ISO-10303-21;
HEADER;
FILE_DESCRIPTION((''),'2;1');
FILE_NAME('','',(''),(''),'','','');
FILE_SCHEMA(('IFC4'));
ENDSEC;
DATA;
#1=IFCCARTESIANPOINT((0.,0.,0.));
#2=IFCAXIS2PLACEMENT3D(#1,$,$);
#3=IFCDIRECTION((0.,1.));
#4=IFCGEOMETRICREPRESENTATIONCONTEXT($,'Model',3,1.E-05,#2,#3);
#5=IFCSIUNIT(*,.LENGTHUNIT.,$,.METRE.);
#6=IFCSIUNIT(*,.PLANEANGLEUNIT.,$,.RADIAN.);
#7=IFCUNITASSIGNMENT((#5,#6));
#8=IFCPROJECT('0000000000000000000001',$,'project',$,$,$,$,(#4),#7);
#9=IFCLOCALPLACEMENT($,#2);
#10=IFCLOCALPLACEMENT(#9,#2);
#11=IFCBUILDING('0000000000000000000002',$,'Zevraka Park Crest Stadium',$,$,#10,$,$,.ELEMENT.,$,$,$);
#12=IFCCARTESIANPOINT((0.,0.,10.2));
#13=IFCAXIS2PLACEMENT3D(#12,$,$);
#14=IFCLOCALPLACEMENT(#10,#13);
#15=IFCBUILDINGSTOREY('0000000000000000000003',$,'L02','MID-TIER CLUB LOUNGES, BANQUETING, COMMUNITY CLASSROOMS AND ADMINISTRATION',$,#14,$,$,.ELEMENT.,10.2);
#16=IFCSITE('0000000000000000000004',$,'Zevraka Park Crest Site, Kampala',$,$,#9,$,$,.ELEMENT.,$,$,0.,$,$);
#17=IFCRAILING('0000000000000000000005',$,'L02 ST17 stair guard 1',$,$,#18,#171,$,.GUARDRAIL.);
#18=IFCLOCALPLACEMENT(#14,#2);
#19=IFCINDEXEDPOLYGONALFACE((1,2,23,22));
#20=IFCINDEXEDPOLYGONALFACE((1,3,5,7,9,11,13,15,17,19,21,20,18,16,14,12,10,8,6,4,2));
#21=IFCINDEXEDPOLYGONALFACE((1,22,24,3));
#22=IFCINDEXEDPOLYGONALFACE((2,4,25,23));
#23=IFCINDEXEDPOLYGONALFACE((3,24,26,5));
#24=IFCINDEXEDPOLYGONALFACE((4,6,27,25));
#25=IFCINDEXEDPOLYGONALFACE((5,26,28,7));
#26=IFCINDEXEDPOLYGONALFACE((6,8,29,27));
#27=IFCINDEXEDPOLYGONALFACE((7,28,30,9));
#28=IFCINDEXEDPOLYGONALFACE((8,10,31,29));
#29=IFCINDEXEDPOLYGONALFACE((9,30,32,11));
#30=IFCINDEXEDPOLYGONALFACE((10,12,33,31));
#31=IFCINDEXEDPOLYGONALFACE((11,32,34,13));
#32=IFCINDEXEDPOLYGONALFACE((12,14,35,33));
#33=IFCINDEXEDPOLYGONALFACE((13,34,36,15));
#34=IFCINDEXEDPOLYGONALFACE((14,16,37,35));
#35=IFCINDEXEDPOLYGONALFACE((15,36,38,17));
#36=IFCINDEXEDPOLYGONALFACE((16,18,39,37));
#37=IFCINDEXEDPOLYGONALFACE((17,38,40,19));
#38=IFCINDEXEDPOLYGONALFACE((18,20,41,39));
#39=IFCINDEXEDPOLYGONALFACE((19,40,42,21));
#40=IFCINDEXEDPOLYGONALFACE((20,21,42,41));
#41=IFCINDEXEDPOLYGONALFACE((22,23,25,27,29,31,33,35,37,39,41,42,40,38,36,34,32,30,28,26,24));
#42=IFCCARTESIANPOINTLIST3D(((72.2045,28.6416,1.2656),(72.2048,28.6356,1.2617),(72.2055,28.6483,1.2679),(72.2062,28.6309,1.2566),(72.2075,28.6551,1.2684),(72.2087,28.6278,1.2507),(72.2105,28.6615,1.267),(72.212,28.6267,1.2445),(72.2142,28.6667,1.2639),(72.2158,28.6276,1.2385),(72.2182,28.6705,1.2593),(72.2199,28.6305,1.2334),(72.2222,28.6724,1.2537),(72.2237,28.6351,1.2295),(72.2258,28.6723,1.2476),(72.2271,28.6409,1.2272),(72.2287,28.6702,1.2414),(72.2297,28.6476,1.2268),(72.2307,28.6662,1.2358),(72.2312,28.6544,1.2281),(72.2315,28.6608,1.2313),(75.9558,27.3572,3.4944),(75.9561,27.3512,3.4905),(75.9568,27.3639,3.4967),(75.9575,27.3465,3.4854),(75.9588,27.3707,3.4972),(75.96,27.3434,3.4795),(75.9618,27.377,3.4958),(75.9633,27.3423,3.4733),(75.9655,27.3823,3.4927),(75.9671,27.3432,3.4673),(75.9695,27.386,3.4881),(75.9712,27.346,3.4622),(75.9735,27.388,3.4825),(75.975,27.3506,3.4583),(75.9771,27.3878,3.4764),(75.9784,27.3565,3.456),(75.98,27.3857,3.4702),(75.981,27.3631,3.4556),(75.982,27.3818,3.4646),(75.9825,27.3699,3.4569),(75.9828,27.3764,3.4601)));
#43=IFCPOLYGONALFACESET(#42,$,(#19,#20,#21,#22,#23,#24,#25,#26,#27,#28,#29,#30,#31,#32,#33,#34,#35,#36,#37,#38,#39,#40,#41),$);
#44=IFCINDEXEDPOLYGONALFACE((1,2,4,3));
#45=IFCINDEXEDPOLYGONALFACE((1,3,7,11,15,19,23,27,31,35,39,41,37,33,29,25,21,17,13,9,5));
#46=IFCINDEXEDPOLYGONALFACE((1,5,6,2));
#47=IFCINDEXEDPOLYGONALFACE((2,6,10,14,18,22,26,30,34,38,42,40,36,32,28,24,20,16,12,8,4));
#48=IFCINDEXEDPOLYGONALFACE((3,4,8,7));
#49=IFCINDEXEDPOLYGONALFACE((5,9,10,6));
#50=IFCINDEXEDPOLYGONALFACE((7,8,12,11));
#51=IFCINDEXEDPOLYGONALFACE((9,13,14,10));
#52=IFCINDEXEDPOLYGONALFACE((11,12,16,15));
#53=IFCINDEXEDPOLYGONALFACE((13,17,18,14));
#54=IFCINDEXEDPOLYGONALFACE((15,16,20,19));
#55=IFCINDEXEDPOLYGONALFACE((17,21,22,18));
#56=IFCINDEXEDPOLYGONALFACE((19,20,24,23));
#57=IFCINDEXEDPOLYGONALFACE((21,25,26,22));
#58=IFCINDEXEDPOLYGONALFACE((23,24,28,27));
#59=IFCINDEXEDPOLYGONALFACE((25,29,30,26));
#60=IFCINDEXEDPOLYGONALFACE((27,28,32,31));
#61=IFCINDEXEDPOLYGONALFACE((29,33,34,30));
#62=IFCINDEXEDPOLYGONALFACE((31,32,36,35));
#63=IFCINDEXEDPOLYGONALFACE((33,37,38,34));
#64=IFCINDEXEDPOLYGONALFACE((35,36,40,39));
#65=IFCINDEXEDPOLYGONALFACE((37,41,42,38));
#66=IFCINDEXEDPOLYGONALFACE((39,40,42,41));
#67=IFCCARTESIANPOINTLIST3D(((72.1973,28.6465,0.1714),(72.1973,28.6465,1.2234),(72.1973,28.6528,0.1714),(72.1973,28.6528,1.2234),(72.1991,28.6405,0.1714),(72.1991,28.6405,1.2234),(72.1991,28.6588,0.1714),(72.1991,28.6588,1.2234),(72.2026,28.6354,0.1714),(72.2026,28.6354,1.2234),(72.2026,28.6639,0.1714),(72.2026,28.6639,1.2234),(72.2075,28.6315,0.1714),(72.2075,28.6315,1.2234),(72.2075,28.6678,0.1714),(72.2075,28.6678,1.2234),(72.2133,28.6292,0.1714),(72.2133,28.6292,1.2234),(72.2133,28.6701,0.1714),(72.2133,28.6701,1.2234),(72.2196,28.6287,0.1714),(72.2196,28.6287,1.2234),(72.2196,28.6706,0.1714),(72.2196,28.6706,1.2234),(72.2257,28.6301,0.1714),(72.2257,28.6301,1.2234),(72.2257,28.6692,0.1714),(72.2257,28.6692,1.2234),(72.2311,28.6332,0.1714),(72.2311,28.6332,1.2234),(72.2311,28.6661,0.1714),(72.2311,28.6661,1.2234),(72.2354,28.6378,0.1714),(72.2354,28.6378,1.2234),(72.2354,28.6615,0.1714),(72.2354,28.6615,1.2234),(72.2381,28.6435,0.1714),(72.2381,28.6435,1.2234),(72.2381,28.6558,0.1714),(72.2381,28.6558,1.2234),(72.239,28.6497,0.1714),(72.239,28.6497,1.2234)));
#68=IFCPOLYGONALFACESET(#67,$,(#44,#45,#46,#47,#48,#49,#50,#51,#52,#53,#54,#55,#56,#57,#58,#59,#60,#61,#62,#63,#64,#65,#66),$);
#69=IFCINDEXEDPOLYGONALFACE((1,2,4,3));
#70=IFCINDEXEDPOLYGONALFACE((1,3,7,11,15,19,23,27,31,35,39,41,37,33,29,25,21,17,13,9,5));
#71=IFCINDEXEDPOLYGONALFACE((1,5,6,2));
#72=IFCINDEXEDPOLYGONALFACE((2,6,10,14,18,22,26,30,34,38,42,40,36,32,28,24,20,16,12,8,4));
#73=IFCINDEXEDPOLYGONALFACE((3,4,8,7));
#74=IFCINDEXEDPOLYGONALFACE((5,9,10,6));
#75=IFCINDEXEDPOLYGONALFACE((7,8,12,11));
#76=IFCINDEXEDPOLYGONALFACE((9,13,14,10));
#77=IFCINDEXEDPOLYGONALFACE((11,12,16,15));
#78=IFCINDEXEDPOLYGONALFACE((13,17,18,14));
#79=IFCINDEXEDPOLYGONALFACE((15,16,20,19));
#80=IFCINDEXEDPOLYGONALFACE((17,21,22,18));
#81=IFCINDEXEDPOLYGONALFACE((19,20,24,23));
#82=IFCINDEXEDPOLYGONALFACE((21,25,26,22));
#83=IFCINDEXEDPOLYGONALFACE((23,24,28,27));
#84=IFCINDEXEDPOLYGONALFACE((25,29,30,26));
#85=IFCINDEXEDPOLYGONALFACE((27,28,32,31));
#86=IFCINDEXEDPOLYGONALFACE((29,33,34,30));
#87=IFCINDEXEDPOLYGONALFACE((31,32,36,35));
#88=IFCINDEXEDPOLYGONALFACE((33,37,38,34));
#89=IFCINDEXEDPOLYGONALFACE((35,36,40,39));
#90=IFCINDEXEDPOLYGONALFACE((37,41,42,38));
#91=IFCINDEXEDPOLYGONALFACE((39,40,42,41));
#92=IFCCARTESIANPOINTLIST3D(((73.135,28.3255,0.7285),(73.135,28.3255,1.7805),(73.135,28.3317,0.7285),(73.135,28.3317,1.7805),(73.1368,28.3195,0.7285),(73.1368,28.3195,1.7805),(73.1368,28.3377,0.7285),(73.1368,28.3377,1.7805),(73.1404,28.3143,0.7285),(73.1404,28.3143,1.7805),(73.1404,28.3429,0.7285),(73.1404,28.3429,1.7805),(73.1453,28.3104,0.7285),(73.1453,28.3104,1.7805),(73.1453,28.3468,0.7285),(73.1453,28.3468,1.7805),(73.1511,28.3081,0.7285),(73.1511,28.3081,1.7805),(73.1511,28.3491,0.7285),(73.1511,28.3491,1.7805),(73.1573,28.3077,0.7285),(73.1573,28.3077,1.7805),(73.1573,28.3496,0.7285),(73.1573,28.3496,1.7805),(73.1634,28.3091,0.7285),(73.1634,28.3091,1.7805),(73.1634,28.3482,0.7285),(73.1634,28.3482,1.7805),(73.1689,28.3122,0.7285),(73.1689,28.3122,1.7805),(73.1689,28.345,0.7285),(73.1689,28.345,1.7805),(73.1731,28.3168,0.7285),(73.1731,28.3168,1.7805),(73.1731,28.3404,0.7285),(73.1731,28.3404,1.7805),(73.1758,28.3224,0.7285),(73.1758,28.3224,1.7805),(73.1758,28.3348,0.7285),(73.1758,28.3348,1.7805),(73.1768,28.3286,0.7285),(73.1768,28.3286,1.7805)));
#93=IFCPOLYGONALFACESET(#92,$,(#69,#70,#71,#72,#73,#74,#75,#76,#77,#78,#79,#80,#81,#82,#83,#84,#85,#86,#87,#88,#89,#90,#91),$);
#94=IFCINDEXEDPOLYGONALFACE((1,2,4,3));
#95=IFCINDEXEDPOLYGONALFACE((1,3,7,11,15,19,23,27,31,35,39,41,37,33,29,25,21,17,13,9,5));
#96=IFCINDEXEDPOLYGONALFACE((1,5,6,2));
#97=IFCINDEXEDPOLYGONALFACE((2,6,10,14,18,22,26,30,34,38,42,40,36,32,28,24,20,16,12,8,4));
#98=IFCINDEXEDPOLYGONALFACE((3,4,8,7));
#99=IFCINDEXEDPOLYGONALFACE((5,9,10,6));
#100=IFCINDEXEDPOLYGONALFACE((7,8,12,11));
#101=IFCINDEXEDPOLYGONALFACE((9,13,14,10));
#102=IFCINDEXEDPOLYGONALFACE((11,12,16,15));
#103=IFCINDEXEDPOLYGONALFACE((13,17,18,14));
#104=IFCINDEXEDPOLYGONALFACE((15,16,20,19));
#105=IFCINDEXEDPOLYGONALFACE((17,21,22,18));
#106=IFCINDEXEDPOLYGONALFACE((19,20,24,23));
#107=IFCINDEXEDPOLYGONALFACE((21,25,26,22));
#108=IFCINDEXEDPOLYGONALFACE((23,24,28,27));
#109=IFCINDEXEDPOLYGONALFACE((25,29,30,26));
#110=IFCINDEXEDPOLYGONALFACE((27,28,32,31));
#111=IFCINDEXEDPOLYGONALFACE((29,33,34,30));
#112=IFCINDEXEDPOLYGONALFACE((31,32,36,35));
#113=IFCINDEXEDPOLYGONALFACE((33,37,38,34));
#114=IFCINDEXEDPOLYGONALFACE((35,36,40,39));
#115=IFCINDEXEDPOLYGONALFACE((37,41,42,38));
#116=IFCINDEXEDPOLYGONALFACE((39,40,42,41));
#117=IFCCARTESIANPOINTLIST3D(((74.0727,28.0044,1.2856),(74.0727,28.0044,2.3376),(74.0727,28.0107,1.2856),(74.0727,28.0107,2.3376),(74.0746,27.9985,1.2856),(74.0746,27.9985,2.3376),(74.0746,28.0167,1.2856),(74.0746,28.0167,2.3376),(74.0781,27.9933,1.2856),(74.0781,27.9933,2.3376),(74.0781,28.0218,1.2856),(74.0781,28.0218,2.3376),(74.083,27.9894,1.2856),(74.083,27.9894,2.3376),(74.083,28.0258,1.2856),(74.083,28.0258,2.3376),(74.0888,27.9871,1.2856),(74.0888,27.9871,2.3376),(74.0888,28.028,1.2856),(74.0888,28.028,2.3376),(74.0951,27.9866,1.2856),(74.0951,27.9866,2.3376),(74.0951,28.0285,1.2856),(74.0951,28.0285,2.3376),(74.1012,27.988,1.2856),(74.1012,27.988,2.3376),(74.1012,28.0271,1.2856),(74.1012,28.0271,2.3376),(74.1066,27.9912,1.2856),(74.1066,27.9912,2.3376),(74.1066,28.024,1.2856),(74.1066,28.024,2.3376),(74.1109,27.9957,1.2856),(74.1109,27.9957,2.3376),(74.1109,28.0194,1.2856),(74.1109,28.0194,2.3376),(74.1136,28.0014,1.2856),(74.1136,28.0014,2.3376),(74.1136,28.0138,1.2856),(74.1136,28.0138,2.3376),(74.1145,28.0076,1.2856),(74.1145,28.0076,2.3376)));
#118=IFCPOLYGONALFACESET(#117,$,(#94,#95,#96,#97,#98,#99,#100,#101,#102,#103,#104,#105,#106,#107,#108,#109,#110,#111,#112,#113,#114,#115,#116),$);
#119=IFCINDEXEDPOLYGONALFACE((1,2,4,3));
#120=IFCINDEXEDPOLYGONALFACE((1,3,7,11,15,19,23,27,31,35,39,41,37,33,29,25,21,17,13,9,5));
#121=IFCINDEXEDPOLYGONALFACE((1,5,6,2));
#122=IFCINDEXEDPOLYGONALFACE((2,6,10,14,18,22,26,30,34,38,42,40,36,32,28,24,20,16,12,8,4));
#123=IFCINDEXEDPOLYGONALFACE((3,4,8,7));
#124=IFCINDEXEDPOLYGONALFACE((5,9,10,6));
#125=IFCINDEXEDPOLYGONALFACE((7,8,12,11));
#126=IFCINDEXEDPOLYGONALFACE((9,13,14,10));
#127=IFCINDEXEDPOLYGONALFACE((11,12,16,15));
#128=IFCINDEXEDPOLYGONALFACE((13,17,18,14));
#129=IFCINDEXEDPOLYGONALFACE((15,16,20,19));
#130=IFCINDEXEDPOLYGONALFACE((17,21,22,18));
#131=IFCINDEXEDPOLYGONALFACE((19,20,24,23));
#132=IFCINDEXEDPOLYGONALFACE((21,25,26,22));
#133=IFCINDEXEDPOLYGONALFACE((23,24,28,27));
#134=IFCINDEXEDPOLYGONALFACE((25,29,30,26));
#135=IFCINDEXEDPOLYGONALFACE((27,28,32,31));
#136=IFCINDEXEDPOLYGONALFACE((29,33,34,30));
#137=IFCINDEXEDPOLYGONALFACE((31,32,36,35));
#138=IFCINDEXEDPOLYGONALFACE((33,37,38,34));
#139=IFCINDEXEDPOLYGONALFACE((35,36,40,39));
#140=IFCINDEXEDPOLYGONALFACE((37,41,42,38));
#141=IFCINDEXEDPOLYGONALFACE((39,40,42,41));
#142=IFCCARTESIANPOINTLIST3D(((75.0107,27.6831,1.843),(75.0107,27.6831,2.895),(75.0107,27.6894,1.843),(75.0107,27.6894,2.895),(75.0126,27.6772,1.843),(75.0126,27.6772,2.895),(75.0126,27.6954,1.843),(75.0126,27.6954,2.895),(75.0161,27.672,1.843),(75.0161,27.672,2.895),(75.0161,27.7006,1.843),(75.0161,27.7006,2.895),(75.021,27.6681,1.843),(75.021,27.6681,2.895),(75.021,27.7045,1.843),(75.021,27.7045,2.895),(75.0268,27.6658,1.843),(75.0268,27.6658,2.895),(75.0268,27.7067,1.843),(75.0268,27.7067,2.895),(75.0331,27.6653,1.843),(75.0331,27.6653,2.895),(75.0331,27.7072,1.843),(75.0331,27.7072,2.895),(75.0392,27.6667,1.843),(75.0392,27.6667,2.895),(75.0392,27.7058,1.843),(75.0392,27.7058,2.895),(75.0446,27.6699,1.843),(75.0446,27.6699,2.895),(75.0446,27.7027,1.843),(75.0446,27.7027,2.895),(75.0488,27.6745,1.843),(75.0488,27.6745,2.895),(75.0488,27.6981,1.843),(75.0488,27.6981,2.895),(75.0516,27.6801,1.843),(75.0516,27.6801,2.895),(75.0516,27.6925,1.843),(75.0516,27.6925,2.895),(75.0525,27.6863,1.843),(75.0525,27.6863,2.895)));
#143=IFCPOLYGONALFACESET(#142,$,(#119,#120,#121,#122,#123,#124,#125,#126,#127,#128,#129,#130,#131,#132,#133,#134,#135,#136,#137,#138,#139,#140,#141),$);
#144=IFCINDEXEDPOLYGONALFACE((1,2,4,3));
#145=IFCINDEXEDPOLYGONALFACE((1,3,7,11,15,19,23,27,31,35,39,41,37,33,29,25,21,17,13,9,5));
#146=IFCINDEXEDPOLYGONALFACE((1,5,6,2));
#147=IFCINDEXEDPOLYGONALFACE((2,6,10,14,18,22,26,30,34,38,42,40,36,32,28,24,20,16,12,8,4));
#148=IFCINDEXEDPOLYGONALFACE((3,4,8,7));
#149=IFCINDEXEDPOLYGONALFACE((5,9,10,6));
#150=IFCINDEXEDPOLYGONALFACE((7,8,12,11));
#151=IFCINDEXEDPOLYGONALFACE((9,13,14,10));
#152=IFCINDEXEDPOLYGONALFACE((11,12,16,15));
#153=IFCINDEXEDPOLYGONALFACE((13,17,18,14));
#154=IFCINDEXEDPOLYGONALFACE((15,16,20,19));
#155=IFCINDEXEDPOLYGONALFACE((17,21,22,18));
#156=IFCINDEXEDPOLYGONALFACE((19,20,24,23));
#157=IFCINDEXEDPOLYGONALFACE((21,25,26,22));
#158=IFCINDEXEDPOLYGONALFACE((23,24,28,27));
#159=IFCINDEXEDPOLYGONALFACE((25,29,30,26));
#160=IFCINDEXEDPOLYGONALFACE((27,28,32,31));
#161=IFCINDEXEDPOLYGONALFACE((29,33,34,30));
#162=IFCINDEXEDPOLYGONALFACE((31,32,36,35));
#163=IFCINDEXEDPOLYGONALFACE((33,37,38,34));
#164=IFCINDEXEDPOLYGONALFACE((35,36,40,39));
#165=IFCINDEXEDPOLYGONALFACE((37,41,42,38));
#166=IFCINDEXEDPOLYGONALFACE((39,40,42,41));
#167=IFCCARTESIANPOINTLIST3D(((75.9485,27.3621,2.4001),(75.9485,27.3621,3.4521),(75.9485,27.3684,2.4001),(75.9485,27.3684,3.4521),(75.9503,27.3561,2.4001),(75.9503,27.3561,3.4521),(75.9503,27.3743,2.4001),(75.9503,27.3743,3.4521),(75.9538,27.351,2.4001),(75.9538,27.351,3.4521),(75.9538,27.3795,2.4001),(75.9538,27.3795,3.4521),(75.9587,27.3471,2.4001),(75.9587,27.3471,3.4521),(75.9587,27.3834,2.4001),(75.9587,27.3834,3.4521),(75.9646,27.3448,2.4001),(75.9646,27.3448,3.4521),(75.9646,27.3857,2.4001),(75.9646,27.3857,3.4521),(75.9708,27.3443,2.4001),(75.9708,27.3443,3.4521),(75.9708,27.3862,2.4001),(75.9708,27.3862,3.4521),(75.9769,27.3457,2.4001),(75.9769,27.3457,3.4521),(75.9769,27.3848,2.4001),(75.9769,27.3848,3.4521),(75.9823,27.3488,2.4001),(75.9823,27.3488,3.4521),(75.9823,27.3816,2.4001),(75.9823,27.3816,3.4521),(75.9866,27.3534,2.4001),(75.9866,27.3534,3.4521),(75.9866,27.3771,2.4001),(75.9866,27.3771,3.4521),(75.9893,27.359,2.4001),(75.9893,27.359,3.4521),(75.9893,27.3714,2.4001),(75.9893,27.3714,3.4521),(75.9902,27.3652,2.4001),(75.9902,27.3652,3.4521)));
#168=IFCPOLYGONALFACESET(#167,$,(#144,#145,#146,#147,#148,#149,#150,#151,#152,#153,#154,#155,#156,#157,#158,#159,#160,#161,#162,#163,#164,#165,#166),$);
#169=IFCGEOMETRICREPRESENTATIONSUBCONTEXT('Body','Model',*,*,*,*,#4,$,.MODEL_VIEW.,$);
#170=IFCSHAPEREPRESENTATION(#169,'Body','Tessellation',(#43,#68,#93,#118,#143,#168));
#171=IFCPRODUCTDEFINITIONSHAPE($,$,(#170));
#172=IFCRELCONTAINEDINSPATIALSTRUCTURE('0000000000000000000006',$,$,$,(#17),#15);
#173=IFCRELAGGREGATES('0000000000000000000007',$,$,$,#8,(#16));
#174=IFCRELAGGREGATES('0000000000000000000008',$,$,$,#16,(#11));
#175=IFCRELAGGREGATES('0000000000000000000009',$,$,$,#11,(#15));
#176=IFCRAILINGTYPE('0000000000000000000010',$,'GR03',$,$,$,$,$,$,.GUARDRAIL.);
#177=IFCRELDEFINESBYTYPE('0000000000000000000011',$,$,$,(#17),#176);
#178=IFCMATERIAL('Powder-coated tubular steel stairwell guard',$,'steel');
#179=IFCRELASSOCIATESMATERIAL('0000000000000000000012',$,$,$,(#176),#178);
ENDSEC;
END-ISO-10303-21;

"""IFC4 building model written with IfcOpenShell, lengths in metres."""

from ifc_helpers import new_model, si_unit, direction, frame, origin, origin_2d, place, context, subcontext, project, spatial, circle, extrude, material, type_object, element, save


model = new_model("IFC4")

# Units and contexts
model_context = context("Model", 3, precision=1e-05, world=origin(), true_north=direction((0.0, 1.0)))
body_context = subcontext(model_context, "Body", "Model", "MODEL_VIEW")
ifc_project = project(units=[si_unit("LENGTHUNIT", "METRE"), si_unit("PLANEANGLEUNIT", "RADIAN")], contexts=[model_context])

# Site, building, storey
site_placement = place(None, origin())
site = spatial("IfcSite", under=ifc_project, at=site_placement, Name="Zevraka Park Crest Site, Kampala", CompositionType="ELEMENT", RefElevation=0.0)
building_placement = place(site_placement, origin())
building = spatial("IfcBuilding", under=site, at=building_placement, Name="Zevraka Park Crest Stadium", CompositionType="ELEMENT")
storey_placement = place(building_placement, frame((0.0, 0.0, 10.2)))
storey = spatial("IfcBuildingStorey", under=building, at=storey_placement, Name="L02", Description="MID-TIER CLUB LOUNGES, BANQUETING, COMMUNITY CLASSROOMS AND ADMINISTRATION", CompositionType="ELEMENT", Elevation=10.2)

# Railing
ifc_material_1 = material(Name="Powder-coated tubular steel stairwell guard", Category="steel")
railing_type_1 = type_object("IfcRailingType", Name="GR03", PredefinedType="GUARDRAIL", material=ifc_material_1)
railing_1_placement = place(storey_placement, frame((72.218, 28.6497, 0.1714)))
element("IfcRailing", 1, at=railing_1_placement, inside=storey, type_object=railing_type_1, Name="L02 ST17 stair guard 1", PredefinedType="GUARDRAIL", context=body_context, shape_type="SweptSolid", body=[
    extrude(circle(Radius=0.0239, at=origin_2d()), frame((0.0, 0.0, 1.0762), z_axis=(0.824718, -0.282385, 0.49), x_axis=(0.323939, 0.946078, 0.0)), (0.0, 0.0, 1.0), 4.5486),
    extrude(circle(Radius=0.021, at=origin_2d()), origin(), (0.0, 0.0, 1.0), 1.052),
    extrude(circle(Radius=0.021, at=origin_2d()), frame((0.9377, -0.321, 0.5571)), (0.0, 0.0, 1.0), 1.052),
    extrude(circle(Radius=0.021, at=origin_2d()), frame((1.8755, -0.6421, 1.1143)), (0.0, 0.0, 1.0), 1.052),
    extrude(circle(Radius=0.021, at=origin_2d()), frame((2.8135, -0.9634, 1.6716)), (0.0, 0.0, 1.0), 1.052),
    extrude(circle(Radius=0.021, at=origin_2d()), frame((3.7512, -1.2844, 2.2288)), (0.0, 0.0, 1.0), 1.052),
])

save(model, "model.ifc")
